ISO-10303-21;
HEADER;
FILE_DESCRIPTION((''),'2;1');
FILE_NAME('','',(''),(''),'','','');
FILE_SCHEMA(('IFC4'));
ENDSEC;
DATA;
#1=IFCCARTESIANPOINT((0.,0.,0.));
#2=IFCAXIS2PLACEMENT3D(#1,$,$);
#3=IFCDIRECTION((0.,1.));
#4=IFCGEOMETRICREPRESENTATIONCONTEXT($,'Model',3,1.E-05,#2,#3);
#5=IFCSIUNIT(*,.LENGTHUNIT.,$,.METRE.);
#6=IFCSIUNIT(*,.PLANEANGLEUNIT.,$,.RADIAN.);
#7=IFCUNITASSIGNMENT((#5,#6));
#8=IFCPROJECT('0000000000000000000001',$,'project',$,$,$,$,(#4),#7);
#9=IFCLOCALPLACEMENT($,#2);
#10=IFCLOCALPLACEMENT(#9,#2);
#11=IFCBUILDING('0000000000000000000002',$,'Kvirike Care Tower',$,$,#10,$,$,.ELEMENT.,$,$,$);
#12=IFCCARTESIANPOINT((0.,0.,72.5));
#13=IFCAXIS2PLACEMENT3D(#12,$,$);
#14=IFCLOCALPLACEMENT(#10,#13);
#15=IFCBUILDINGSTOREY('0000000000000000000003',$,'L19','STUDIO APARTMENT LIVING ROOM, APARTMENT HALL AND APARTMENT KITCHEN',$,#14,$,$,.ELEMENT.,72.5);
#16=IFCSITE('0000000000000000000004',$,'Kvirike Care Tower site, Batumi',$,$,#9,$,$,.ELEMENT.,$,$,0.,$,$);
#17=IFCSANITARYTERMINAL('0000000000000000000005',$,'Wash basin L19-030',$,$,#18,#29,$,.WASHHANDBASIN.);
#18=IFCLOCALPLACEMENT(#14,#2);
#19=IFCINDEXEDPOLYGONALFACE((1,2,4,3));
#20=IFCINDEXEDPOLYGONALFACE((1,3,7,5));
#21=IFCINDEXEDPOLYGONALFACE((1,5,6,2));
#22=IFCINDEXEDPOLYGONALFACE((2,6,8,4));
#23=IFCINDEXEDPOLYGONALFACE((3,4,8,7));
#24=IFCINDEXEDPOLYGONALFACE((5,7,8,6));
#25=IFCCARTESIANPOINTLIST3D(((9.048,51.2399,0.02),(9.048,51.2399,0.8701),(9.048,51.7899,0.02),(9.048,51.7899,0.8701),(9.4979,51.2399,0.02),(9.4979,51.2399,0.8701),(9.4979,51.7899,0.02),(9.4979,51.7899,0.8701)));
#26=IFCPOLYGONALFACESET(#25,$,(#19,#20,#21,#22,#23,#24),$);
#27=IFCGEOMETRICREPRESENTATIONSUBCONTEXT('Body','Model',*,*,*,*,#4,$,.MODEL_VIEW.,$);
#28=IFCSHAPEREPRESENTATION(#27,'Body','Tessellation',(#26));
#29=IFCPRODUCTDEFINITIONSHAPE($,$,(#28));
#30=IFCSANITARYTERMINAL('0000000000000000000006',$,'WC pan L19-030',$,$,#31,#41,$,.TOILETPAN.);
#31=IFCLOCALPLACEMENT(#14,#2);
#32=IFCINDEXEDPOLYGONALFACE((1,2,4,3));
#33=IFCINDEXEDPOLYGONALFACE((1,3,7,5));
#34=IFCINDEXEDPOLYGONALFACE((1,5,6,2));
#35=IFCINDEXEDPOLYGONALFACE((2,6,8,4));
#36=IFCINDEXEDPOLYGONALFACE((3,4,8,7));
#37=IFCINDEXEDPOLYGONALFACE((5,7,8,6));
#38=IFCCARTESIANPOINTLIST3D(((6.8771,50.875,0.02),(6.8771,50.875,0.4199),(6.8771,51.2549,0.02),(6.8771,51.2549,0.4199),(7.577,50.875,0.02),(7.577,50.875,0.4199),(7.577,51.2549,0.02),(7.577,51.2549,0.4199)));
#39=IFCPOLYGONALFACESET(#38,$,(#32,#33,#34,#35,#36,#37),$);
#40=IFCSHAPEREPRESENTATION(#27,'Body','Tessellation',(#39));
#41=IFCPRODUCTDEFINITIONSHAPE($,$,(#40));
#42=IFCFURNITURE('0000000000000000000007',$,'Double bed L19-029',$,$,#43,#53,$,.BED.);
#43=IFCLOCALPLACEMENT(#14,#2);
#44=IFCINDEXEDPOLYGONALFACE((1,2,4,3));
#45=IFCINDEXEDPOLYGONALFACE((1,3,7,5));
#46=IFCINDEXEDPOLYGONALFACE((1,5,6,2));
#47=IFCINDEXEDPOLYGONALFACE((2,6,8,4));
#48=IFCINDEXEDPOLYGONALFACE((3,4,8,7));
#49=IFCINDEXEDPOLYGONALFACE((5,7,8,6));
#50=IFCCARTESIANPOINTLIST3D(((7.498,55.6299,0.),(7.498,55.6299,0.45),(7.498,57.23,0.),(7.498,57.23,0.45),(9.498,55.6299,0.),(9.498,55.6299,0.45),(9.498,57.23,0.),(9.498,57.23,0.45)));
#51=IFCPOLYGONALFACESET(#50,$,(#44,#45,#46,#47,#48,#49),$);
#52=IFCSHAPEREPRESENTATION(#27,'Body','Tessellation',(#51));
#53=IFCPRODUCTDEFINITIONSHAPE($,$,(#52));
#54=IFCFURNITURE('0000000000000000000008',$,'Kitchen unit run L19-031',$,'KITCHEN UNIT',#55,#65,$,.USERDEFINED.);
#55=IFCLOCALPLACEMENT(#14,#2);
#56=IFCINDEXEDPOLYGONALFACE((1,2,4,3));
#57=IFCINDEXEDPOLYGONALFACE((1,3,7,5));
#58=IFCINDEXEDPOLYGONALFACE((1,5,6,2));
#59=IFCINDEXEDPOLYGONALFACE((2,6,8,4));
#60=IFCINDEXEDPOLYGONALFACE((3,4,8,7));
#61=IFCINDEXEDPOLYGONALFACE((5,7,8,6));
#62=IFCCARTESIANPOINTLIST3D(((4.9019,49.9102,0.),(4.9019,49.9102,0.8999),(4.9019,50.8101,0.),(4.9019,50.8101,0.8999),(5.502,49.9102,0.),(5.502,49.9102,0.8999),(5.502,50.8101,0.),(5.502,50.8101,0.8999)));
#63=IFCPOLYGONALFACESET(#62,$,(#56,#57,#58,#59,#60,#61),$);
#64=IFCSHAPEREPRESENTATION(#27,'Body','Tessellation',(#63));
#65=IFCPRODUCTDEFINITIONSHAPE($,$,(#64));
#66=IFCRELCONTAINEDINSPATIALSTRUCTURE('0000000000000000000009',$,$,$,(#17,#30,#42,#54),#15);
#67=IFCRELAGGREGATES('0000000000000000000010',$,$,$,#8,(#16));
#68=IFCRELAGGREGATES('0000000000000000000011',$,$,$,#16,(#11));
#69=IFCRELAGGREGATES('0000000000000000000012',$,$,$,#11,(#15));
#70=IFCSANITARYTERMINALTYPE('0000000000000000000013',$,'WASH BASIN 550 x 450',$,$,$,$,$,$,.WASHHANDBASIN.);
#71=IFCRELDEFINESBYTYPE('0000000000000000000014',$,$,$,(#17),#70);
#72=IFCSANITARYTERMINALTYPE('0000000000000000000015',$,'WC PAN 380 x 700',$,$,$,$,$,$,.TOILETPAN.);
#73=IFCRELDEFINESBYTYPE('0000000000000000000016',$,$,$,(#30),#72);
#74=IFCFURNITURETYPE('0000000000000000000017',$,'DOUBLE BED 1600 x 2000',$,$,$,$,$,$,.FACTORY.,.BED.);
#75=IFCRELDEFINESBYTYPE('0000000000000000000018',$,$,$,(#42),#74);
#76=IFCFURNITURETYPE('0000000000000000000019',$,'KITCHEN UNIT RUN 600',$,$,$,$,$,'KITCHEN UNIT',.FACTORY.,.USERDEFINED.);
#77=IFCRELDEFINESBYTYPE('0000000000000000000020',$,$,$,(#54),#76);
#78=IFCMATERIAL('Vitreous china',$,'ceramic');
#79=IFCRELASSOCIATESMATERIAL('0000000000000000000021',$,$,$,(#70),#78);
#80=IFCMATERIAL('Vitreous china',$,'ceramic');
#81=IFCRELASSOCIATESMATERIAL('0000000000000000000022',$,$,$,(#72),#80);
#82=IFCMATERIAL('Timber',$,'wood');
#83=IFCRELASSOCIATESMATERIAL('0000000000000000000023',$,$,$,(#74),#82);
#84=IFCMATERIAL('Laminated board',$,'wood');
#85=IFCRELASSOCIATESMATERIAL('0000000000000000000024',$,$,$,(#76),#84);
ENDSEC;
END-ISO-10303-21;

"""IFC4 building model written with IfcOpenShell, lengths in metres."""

from ifc_helpers import new_model, si_unit, direction, frame, origin, origin_2d, place, context, subcontext, project, spatial, rectangle, extrude, material, type_object, element, save


model = new_model("IFC4")

# Units and contexts
model_context = context("Model", 3, precision=1e-05, world=origin(), true_north=direction((0.0, 1.0)))
body_context = subcontext(model_context, "Body", "Model", "MODEL_VIEW")
ifc_project = project(units=[si_unit("LENGTHUNIT", "METRE"), si_unit("PLANEANGLEUNIT", "RADIAN")], contexts=[model_context])

# Site, building, storey
site_placement = place(None, origin())
site = spatial("IfcSite", under=ifc_project, at=site_placement, Name="Kvirike Care Tower site, Batumi", CompositionType="ELEMENT", RefElevation=0.0)
building_placement = place(site_placement, origin())
building = spatial("IfcBuilding", under=site, at=building_placement, Name="Kvirike Care Tower", CompositionType="ELEMENT")
storey_placement = place(building_placement, frame((0.0, 0.0, 72.5)))
storey = spatial("IfcBuildingStorey", under=building, at=storey_placement, Name="L19", Description="STUDIO APARTMENT LIVING ROOM, APARTMENT HALL AND APARTMENT KITCHEN", CompositionType="ELEMENT", Elevation=72.5)

# Sanitary terminals
ifc_material_1 = material(Name="Vitreous china", Category="ceramic")
sanitary_terminal_type_1 = type_object("IfcSanitaryTerminalType", Name="WASH BASIN 550 x 450", PredefinedType="WASHHANDBASIN", material=ifc_material_1)
sanitary_terminal_1_placement = place(storey_placement, frame((9.2729, 51.5149, 0.02), z_axis=(0.0, 0.0, 1.0), x_axis=(0.0, -1.0, 0.0)))
element("IfcSanitaryTerminal", 1, at=sanitary_terminal_1_placement, inside=storey, type_object=sanitary_terminal_type_1, Name="Wash basin L19-030", PredefinedType="WASHHANDBASIN", context=body_context, shape_type="SweptSolid", body=[
    extrude(rectangle(XDim=0.55, YDim=0.45, at=origin_2d()), origin(), (0.0, 0.0, 1.0), 0.8501),
])
ifc_material_2 = material(Name="Vitreous china", Category="ceramic")
sanitary_terminal_type_2 = type_object("IfcSanitaryTerminalType", Name="WC PAN 380 x 700", PredefinedType="TOILETPAN", material=ifc_material_2)
sanitary_terminal_2_placement = place(storey_placement, frame((7.2271, 51.0649, 0.02), z_axis=(0.0, 0.0, 1.0), x_axis=(0.0, 1.0, 0.0)))
element("IfcSanitaryTerminal", 2, at=sanitary_terminal_2_placement, inside=storey, type_object=sanitary_terminal_type_2, Name="WC pan L19-030", PredefinedType="TOILETPAN", context=body_context, shape_type="SweptSolid", body=[
    extrude(rectangle(XDim=0.3799, YDim=0.7, at=origin_2d()), origin(), (0.0, 0.0, 1.0), 0.3999),
])

# Furniture
ifc_material_3 = material(Name="Timber", Category="wood")
furniture_type_1 = type_object("IfcFurnitureType", Name="DOUBLE BED 1600 x 2000", AssemblyPlace="FACTORY", PredefinedType="BED", material=ifc_material_3)
furniture_1_placement = place(storey_placement, frame((8.498, 56.4299, 0.0), z_axis=(0.0, 0.0, 1.0), x_axis=(0.0, -1.0, 0.0)))
element("IfcFurniture", 3, at=furniture_1_placement, inside=storey, type_object=furniture_type_1, Name="Double bed L19-029", PredefinedType="BED", context=body_context, shape_type="SweptSolid", body=[
    extrude(rectangle(XDim=1.6001, YDim=2.0, at=origin_2d()), origin(), (0.0, 0.0, 1.0), 0.45),
])
ifc_material_4 = material(Name="Laminated board", Category="wood")
furniture_type_2 = type_object("IfcFurnitureType", Name="KITCHEN UNIT RUN 600", ElementType="KITCHEN UNIT", AssemblyPlace="FACTORY", PredefinedType="USERDEFINED", material=ifc_material_4)
furniture_2_placement = place(storey_placement, frame((5.2019, 50.3601, 0.0), z_axis=(0.0, 0.0, 1.0), x_axis=(0.0, 1.0, 0.0)))
element("IfcFurniture", 4, at=furniture_2_placement, inside=storey, type_object=furniture_type_2, Name="Kitchen unit run L19-031", ObjectType="KITCHEN UNIT", PredefinedType="USERDEFINED", context=body_context, shape_type="SweptSolid", body=[
    extrude(rectangle(XDim=0.8999, YDim=0.6001, at=origin_2d()), origin(), (0.0, 0.0, 1.0), 0.8999),
])

save(model, "model.ifc")
